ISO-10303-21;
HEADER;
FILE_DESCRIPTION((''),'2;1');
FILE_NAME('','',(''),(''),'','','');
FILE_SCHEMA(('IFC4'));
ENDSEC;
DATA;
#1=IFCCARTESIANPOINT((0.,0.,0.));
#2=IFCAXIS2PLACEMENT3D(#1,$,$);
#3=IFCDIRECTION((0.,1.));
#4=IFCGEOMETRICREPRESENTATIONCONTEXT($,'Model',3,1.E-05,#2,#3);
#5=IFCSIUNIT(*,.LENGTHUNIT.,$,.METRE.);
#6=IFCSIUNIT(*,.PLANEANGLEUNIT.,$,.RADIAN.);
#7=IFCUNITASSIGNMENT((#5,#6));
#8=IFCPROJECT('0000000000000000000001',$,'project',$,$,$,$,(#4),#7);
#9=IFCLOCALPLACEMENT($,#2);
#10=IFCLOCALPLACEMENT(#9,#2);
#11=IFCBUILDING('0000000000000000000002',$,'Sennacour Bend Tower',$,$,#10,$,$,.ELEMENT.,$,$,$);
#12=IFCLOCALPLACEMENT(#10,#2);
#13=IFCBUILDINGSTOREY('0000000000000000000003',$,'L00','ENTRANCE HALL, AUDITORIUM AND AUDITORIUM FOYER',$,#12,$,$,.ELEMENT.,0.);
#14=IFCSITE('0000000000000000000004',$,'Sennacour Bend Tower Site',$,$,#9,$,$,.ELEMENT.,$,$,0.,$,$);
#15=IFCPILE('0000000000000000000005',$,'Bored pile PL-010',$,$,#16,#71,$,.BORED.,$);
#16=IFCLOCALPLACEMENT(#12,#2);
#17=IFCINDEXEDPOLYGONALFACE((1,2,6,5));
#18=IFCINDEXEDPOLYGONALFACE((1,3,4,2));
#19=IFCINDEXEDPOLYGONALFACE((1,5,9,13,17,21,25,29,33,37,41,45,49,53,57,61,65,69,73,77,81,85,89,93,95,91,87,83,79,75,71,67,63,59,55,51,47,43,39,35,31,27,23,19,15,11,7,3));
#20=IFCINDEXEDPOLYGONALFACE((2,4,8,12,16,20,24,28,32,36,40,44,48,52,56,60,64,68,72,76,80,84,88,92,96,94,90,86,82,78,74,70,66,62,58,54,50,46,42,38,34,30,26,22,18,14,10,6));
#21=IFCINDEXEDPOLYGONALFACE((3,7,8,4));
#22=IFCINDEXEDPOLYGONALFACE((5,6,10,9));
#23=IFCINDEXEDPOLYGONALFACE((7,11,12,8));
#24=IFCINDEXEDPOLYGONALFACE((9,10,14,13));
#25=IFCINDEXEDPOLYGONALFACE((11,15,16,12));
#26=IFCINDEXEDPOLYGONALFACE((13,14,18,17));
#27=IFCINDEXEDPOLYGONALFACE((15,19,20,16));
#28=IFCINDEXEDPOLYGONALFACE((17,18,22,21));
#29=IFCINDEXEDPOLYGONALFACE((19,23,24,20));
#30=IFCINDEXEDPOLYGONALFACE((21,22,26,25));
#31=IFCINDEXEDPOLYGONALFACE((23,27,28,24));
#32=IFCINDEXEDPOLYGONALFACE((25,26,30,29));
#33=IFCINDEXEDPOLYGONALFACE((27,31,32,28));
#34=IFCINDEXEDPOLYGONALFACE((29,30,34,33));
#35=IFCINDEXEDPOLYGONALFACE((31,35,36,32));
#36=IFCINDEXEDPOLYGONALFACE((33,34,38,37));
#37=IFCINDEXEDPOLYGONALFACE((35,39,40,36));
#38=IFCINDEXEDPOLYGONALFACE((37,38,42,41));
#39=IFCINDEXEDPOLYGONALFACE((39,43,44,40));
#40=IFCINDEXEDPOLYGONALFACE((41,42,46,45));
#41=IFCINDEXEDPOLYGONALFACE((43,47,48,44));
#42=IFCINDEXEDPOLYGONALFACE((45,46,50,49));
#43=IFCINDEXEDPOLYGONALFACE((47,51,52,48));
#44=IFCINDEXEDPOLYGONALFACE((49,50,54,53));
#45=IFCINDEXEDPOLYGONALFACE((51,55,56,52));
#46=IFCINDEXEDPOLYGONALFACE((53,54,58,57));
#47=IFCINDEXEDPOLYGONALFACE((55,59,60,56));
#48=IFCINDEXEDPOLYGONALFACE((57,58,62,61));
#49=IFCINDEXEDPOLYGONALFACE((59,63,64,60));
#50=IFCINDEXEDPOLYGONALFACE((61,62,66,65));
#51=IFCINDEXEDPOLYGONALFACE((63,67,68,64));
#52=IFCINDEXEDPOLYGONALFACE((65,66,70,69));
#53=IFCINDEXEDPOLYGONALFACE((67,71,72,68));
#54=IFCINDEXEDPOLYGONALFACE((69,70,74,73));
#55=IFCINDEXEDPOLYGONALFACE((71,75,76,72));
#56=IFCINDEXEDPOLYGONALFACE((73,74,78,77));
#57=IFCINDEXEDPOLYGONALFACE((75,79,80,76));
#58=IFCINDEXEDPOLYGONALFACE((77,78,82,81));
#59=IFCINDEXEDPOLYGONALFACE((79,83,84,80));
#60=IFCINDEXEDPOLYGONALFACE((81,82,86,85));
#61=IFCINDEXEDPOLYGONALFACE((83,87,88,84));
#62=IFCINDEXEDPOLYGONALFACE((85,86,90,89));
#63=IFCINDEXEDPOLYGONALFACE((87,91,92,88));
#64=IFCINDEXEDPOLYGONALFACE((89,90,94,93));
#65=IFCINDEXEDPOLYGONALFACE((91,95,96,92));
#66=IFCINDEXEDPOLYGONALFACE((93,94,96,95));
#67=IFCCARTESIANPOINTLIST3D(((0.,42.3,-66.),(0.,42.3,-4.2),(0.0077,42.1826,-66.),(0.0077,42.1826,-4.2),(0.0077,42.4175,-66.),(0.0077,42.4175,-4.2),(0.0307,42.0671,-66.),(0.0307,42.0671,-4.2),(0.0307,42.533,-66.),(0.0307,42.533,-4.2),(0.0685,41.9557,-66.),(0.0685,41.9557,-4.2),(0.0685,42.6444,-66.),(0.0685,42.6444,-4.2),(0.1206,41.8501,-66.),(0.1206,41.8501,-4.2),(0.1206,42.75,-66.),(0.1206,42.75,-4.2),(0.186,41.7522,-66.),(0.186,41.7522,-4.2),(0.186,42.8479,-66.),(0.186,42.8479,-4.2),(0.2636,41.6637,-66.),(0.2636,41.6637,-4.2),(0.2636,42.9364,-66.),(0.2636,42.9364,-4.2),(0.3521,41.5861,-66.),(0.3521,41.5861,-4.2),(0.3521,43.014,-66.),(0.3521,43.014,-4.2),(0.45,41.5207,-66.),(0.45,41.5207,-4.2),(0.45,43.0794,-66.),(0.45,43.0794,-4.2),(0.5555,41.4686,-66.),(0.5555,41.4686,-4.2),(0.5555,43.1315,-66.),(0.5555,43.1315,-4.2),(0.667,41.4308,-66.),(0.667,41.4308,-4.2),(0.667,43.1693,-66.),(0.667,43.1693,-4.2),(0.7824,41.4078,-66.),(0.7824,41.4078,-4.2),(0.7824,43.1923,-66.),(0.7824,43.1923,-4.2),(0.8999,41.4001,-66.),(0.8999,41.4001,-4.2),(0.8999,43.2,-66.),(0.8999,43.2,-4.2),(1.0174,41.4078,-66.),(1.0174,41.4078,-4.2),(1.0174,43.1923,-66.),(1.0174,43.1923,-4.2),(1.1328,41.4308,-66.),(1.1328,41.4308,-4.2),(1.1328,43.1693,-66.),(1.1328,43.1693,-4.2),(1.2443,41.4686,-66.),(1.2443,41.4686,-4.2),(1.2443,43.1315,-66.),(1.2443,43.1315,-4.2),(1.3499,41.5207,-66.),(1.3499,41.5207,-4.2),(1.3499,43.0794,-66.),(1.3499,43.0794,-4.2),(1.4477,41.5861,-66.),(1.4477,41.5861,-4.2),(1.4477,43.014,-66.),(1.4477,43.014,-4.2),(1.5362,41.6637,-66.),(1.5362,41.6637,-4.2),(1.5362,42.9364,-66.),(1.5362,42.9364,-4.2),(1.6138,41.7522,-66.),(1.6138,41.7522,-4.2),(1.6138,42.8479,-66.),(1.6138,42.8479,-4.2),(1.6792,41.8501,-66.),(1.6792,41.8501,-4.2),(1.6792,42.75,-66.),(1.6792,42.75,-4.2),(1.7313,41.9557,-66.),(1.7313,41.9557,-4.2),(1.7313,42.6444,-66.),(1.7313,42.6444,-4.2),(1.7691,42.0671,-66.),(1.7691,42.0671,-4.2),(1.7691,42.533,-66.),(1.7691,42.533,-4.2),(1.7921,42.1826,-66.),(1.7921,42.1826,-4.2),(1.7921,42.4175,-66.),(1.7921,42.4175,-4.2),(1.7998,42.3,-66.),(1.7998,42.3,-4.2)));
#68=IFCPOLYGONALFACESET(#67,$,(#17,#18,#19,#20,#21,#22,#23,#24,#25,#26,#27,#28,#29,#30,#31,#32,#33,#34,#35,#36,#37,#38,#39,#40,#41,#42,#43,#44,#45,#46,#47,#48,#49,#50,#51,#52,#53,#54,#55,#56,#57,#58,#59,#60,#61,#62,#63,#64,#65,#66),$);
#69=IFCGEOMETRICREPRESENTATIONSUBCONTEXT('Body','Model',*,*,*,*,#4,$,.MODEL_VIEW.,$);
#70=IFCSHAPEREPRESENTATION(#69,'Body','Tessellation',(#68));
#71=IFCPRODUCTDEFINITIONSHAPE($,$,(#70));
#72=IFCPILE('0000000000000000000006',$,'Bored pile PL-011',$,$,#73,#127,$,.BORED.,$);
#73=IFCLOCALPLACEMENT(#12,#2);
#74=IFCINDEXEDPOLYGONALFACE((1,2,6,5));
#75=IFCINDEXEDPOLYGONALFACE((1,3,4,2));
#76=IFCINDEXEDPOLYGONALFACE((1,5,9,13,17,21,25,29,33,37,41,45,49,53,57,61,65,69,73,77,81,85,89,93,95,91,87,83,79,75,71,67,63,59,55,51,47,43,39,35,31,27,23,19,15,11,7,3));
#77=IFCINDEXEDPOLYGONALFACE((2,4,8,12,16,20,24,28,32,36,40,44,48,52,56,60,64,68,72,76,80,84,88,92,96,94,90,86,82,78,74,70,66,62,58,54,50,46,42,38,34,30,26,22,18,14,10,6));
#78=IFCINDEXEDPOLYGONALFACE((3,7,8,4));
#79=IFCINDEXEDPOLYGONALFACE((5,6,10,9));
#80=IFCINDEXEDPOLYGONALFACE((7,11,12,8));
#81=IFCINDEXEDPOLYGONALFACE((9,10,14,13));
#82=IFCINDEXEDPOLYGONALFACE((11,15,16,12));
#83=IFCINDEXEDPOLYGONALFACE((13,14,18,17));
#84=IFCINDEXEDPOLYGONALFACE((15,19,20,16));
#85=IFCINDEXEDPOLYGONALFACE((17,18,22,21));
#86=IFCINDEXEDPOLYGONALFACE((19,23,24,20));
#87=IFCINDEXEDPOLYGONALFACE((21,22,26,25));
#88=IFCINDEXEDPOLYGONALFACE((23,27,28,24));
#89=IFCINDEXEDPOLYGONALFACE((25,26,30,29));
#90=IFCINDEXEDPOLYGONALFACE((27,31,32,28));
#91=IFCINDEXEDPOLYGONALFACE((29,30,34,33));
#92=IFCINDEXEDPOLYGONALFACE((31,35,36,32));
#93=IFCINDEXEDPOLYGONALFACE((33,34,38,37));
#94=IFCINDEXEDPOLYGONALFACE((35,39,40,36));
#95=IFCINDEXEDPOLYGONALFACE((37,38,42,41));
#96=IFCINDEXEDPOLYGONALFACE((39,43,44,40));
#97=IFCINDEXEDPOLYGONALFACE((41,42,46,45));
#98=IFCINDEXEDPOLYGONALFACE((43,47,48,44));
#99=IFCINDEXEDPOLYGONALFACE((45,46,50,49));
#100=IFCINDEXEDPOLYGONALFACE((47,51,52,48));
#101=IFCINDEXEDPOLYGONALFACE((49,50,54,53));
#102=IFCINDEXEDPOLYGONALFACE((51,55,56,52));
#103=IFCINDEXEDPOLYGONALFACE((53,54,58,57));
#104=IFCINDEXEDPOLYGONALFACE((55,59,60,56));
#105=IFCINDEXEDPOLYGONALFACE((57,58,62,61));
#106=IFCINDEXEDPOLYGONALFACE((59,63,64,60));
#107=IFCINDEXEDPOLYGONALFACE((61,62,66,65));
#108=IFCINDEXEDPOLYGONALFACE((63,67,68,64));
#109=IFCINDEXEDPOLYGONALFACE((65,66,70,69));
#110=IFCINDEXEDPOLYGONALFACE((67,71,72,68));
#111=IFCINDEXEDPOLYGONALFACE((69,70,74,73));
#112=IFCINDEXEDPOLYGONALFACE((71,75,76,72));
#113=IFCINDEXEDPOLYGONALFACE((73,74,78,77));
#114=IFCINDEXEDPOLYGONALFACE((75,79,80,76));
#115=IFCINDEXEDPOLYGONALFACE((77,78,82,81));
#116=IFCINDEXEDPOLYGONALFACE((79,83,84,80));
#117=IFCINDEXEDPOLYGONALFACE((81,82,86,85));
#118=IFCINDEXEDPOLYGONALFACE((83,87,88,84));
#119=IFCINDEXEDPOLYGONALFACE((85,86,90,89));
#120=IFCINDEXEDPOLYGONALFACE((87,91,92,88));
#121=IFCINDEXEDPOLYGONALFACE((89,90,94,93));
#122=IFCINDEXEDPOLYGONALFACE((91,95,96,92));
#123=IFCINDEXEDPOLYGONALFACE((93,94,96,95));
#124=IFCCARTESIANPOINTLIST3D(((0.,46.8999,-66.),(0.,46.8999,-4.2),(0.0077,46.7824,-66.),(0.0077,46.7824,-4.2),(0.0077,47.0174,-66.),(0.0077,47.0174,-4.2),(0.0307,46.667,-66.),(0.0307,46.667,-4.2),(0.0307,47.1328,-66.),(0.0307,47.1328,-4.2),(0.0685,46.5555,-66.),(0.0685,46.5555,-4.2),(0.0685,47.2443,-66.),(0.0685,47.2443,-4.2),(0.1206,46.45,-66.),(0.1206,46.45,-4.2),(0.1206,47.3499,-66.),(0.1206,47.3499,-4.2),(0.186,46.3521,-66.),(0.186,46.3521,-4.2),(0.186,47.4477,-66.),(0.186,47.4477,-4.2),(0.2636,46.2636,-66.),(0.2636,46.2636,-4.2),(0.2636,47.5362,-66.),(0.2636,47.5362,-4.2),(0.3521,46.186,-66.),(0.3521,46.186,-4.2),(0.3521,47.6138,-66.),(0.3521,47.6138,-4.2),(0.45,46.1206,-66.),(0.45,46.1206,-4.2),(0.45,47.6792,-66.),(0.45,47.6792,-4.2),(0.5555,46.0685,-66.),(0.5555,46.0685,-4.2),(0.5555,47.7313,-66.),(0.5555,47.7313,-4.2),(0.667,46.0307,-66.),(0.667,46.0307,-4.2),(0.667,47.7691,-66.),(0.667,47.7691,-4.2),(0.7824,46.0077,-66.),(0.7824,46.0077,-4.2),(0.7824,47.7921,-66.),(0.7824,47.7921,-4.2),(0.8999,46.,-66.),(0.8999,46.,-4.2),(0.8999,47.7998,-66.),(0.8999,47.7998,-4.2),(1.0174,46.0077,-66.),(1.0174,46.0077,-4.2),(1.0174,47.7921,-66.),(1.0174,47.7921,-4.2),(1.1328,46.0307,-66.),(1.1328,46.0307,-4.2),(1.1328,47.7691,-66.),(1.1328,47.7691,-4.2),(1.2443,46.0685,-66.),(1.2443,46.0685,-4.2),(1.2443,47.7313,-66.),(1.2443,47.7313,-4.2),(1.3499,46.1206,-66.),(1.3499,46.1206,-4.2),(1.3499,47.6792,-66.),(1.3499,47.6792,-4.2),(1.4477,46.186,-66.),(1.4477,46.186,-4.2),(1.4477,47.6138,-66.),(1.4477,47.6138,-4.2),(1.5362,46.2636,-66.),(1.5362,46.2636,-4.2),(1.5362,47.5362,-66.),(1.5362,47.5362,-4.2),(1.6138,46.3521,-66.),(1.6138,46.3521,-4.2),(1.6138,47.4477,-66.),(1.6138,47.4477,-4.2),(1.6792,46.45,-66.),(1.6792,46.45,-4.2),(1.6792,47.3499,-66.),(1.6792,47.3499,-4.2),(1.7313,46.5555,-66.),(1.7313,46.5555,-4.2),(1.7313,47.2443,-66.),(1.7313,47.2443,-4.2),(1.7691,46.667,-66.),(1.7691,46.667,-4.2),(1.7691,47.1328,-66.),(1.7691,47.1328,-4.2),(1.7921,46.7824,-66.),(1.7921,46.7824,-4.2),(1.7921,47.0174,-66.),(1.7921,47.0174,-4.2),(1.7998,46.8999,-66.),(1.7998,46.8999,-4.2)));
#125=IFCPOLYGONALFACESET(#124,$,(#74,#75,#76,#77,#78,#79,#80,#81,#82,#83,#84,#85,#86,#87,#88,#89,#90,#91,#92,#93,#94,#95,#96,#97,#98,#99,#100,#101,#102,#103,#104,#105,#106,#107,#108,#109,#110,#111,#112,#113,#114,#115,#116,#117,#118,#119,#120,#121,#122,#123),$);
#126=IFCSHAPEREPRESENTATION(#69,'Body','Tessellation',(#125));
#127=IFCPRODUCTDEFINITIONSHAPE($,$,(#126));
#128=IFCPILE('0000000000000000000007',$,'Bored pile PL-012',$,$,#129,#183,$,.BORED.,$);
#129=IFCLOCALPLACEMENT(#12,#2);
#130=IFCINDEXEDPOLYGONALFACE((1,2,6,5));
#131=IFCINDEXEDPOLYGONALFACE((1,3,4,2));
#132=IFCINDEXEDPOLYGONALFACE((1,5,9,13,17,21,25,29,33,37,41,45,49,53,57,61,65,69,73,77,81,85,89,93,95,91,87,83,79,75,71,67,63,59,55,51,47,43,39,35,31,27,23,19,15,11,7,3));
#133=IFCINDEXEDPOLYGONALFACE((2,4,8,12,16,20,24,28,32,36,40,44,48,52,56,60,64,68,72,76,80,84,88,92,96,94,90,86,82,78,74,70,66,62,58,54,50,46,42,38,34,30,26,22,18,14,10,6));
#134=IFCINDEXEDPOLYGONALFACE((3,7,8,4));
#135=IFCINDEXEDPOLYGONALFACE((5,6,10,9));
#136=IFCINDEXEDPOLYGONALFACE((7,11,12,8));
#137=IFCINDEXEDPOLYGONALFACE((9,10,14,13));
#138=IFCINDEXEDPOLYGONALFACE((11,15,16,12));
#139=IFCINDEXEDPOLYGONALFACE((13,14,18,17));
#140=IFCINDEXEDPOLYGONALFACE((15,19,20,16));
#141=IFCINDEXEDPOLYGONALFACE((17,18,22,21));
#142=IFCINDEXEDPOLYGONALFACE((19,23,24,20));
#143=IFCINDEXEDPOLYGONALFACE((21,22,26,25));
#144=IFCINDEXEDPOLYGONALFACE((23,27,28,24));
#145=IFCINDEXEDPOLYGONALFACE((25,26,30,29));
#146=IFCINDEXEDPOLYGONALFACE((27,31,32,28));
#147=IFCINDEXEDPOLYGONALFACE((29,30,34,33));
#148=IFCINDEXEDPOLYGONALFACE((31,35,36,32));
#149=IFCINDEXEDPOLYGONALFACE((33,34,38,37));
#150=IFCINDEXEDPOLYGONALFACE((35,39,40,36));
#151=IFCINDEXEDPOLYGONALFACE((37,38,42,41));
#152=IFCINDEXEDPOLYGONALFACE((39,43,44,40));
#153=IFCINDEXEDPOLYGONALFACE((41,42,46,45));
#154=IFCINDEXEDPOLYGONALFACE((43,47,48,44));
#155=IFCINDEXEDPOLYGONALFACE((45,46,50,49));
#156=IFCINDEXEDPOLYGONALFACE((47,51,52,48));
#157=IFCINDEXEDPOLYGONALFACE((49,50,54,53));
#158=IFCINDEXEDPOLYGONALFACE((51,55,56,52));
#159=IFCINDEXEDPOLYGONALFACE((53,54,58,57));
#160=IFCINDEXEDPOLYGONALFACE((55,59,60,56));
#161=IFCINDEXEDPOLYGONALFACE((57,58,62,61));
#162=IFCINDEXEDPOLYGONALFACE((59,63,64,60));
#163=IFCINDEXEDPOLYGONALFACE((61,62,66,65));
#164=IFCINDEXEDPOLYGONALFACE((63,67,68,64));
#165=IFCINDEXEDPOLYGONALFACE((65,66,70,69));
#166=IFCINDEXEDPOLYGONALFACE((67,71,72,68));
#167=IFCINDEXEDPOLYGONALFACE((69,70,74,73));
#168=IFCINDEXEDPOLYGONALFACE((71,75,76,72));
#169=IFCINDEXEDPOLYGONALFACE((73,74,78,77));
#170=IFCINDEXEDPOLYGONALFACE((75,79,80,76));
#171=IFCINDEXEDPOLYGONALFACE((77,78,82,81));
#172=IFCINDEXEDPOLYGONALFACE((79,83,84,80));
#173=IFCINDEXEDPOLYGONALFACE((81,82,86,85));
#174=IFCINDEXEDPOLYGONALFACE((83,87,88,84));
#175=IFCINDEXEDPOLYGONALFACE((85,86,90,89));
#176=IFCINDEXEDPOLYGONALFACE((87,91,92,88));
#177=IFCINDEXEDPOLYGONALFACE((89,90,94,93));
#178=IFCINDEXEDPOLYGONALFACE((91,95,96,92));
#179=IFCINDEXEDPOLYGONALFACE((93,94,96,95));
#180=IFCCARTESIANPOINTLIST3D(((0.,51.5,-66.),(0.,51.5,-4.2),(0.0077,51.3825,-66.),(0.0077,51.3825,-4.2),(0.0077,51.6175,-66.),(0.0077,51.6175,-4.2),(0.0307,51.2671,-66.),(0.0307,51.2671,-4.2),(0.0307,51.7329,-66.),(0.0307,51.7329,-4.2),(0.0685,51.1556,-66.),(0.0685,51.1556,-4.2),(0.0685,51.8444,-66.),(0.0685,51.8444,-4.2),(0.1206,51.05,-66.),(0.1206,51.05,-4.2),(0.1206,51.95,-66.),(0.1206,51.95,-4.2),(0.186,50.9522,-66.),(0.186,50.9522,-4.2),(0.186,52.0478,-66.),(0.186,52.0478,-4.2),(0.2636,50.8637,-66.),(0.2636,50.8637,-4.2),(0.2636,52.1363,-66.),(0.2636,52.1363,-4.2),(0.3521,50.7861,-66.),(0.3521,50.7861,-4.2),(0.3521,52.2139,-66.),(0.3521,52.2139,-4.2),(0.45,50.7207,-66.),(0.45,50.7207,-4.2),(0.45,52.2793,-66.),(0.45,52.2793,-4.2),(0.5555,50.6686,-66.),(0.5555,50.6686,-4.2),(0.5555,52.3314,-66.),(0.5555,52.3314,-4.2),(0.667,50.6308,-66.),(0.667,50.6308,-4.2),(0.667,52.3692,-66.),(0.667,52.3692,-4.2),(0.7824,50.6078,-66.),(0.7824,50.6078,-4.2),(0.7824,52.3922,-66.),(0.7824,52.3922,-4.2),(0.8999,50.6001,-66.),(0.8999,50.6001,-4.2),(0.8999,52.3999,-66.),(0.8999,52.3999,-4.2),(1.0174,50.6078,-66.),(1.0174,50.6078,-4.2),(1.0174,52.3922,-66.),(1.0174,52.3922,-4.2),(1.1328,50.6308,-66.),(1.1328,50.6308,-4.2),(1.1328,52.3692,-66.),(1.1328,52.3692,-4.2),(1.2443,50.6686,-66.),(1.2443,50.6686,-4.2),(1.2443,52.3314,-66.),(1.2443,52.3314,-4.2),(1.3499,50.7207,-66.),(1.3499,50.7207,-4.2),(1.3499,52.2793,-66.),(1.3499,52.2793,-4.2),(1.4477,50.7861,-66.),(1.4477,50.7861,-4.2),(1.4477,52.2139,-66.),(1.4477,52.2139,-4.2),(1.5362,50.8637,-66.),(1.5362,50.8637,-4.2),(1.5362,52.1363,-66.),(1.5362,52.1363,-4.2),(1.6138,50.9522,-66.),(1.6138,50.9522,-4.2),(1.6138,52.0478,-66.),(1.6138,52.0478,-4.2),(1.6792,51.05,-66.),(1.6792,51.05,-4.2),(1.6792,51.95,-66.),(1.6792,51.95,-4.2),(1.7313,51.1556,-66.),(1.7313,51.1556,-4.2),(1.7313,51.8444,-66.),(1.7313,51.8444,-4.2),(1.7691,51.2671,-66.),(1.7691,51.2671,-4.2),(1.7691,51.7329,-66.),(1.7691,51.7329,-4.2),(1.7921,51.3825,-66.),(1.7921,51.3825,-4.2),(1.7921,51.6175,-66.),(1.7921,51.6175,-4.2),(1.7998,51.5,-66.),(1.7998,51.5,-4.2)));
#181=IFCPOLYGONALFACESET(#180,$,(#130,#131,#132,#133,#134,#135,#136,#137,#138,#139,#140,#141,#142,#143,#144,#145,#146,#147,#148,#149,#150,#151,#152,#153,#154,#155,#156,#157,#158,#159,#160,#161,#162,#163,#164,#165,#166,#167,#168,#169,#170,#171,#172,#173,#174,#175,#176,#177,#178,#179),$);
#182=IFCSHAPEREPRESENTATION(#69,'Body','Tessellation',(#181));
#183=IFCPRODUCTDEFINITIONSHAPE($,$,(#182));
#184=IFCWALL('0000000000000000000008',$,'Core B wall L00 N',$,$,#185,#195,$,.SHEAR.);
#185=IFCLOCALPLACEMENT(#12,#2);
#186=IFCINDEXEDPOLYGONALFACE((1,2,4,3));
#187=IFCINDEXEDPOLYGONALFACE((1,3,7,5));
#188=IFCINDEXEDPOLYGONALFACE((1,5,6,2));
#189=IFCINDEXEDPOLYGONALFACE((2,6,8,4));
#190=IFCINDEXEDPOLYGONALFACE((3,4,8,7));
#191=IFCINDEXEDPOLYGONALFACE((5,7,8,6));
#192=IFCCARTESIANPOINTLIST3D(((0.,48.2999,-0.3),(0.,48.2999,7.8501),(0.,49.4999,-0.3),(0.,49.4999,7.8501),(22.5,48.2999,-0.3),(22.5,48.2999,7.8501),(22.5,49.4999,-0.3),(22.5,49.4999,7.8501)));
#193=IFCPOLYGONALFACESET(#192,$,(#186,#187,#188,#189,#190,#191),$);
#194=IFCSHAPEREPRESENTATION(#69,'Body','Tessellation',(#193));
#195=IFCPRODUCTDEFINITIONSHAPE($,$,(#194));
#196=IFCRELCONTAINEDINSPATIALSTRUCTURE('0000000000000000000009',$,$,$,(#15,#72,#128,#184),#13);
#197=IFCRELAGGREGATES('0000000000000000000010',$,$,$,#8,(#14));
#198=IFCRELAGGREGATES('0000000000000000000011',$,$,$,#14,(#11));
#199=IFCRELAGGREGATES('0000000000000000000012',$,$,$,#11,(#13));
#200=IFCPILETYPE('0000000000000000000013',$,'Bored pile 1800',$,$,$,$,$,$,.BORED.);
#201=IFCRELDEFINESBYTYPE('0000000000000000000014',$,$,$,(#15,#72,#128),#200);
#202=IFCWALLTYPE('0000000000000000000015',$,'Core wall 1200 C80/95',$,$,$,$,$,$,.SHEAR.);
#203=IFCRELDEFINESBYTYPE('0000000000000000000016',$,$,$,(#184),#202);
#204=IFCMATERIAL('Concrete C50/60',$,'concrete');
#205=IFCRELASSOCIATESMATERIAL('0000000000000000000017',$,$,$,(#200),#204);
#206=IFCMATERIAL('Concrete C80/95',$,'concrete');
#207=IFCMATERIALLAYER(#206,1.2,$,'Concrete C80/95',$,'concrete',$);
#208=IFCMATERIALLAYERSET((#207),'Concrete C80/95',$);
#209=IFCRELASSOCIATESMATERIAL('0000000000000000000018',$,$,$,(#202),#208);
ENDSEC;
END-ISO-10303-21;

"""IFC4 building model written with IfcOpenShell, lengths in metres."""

from ifc_helpers import new_model, si_unit, direction, frame, frame_2d, origin, origin_2d, place, context, subcontext, project, spatial, rectangle, circle, extrude, material, layer, layer_set, material_profile, profile_set, type_object, element, save


model = new_model("IFC4")

# Units and contexts
model_context = context("Model", 3, precision=1e-05, world=origin(), true_north=direction((0.0, 1.0)))
body_context = subcontext(model_context, "Body", "Model", "MODEL_VIEW")
ifc_project = project(units=[si_unit("LENGTHUNIT", "METRE"), si_unit("PLANEANGLEUNIT", "RADIAN")], contexts=[model_context])

# Site, building, storey
site_placement = place(None, origin())
site = spatial("IfcSite", under=ifc_project, at=site_placement, Name="Sennacour Bend Tower Site", CompositionType="ELEMENT", RefElevation=0.0)
building_placement = place(site_placement, origin())
building = spatial("IfcBuilding", under=site, at=building_placement, Name="Sennacour Bend Tower", CompositionType="ELEMENT")
storey_placement = place(building_placement, origin())
storey = spatial("IfcBuildingStorey", under=building, at=storey_placement, Name="L00", Description="ENTRANCE HALL, AUDITORIUM AND AUDITORIUM FOYER", CompositionType="ELEMENT", Elevation=0.0)

# Piles
ifc_material_1 = material(Name="Concrete C50/60", Category="concrete")
ifc_material_profile = material_profile(ifc_material_1, circle(Radius=0.8999, at=origin_2d()), Name="Concrete C50/60", Category="concrete")
ifc_profile_set = profile_set([ifc_material_profile], Name="Concrete C50/60")
pile_type = type_object("IfcPileType", Name="Bored pile 1800", PredefinedType="BORED", material=ifc_profile_set)
for number, where, z_axis, x_axis, name in (
    (1, (0.8999, 42.3, -4.2), (0.0, 0.0, -1.0), (1.0, 0.0, 0.0), "Bored pile PL-010"),
    (2, (0.8999, 46.8999, -4.2), (0.0, 0.0, -1.0), (1.0, 0.0, 0.0), "Bored pile PL-011"),
    (3, (0.8999, 51.5, -4.2), (0.0, 0.0, -1.0), (1.0, 0.0, 0.0), "Bored pile PL-012"),
):
    element("IfcPile", number, at=place(storey_placement, frame(where, z_axis=z_axis, x_axis=x_axis)), inside=storey, type_object=pile_type, Name=name, PredefinedType="BORED", context=body_context, shape_type="SweptSolid", body=[
        extrude(circle(Radius=0.8999, at=origin_2d()), origin(), (0.0, 0.0, 1.0), 61.8),
    ])

# Wall
ifc_material_2 = material(Name="Concrete C80/95", Category="concrete")
ifc_layer_1 = layer(ifc_material_2, 1.2, Name="Concrete C80/95", Category="concrete")
ifc_layer_set_1 = layer_set([ifc_layer_1], Name="Concrete C80/95")
wall_type_1 = type_object("IfcWallType", Name="Core wall 1200 C80/95", PredefinedType="SHEAR", material=ifc_layer_set_1)
wall_1_placement = place(storey_placement, frame((0.0, 48.8999, -0.3), z_axis=(0.0, 0.0, 1.0), x_axis=(1.0, 0.0, 0.0)))
element("IfcWall", 4, at=wall_1_placement, inside=storey, type_object=wall_type_1, Name="Core B wall L00 N", PredefinedType="SHEAR", context=body_context, shape_type="SweptSolid", body=[
    extrude(rectangle(XDim=22.5, YDim=1.2, at=frame_2d((11.25, 0.0))), origin(), (0.0, 0.0, 1.0), 8.1501),
])

save(model, "model.ifc")
